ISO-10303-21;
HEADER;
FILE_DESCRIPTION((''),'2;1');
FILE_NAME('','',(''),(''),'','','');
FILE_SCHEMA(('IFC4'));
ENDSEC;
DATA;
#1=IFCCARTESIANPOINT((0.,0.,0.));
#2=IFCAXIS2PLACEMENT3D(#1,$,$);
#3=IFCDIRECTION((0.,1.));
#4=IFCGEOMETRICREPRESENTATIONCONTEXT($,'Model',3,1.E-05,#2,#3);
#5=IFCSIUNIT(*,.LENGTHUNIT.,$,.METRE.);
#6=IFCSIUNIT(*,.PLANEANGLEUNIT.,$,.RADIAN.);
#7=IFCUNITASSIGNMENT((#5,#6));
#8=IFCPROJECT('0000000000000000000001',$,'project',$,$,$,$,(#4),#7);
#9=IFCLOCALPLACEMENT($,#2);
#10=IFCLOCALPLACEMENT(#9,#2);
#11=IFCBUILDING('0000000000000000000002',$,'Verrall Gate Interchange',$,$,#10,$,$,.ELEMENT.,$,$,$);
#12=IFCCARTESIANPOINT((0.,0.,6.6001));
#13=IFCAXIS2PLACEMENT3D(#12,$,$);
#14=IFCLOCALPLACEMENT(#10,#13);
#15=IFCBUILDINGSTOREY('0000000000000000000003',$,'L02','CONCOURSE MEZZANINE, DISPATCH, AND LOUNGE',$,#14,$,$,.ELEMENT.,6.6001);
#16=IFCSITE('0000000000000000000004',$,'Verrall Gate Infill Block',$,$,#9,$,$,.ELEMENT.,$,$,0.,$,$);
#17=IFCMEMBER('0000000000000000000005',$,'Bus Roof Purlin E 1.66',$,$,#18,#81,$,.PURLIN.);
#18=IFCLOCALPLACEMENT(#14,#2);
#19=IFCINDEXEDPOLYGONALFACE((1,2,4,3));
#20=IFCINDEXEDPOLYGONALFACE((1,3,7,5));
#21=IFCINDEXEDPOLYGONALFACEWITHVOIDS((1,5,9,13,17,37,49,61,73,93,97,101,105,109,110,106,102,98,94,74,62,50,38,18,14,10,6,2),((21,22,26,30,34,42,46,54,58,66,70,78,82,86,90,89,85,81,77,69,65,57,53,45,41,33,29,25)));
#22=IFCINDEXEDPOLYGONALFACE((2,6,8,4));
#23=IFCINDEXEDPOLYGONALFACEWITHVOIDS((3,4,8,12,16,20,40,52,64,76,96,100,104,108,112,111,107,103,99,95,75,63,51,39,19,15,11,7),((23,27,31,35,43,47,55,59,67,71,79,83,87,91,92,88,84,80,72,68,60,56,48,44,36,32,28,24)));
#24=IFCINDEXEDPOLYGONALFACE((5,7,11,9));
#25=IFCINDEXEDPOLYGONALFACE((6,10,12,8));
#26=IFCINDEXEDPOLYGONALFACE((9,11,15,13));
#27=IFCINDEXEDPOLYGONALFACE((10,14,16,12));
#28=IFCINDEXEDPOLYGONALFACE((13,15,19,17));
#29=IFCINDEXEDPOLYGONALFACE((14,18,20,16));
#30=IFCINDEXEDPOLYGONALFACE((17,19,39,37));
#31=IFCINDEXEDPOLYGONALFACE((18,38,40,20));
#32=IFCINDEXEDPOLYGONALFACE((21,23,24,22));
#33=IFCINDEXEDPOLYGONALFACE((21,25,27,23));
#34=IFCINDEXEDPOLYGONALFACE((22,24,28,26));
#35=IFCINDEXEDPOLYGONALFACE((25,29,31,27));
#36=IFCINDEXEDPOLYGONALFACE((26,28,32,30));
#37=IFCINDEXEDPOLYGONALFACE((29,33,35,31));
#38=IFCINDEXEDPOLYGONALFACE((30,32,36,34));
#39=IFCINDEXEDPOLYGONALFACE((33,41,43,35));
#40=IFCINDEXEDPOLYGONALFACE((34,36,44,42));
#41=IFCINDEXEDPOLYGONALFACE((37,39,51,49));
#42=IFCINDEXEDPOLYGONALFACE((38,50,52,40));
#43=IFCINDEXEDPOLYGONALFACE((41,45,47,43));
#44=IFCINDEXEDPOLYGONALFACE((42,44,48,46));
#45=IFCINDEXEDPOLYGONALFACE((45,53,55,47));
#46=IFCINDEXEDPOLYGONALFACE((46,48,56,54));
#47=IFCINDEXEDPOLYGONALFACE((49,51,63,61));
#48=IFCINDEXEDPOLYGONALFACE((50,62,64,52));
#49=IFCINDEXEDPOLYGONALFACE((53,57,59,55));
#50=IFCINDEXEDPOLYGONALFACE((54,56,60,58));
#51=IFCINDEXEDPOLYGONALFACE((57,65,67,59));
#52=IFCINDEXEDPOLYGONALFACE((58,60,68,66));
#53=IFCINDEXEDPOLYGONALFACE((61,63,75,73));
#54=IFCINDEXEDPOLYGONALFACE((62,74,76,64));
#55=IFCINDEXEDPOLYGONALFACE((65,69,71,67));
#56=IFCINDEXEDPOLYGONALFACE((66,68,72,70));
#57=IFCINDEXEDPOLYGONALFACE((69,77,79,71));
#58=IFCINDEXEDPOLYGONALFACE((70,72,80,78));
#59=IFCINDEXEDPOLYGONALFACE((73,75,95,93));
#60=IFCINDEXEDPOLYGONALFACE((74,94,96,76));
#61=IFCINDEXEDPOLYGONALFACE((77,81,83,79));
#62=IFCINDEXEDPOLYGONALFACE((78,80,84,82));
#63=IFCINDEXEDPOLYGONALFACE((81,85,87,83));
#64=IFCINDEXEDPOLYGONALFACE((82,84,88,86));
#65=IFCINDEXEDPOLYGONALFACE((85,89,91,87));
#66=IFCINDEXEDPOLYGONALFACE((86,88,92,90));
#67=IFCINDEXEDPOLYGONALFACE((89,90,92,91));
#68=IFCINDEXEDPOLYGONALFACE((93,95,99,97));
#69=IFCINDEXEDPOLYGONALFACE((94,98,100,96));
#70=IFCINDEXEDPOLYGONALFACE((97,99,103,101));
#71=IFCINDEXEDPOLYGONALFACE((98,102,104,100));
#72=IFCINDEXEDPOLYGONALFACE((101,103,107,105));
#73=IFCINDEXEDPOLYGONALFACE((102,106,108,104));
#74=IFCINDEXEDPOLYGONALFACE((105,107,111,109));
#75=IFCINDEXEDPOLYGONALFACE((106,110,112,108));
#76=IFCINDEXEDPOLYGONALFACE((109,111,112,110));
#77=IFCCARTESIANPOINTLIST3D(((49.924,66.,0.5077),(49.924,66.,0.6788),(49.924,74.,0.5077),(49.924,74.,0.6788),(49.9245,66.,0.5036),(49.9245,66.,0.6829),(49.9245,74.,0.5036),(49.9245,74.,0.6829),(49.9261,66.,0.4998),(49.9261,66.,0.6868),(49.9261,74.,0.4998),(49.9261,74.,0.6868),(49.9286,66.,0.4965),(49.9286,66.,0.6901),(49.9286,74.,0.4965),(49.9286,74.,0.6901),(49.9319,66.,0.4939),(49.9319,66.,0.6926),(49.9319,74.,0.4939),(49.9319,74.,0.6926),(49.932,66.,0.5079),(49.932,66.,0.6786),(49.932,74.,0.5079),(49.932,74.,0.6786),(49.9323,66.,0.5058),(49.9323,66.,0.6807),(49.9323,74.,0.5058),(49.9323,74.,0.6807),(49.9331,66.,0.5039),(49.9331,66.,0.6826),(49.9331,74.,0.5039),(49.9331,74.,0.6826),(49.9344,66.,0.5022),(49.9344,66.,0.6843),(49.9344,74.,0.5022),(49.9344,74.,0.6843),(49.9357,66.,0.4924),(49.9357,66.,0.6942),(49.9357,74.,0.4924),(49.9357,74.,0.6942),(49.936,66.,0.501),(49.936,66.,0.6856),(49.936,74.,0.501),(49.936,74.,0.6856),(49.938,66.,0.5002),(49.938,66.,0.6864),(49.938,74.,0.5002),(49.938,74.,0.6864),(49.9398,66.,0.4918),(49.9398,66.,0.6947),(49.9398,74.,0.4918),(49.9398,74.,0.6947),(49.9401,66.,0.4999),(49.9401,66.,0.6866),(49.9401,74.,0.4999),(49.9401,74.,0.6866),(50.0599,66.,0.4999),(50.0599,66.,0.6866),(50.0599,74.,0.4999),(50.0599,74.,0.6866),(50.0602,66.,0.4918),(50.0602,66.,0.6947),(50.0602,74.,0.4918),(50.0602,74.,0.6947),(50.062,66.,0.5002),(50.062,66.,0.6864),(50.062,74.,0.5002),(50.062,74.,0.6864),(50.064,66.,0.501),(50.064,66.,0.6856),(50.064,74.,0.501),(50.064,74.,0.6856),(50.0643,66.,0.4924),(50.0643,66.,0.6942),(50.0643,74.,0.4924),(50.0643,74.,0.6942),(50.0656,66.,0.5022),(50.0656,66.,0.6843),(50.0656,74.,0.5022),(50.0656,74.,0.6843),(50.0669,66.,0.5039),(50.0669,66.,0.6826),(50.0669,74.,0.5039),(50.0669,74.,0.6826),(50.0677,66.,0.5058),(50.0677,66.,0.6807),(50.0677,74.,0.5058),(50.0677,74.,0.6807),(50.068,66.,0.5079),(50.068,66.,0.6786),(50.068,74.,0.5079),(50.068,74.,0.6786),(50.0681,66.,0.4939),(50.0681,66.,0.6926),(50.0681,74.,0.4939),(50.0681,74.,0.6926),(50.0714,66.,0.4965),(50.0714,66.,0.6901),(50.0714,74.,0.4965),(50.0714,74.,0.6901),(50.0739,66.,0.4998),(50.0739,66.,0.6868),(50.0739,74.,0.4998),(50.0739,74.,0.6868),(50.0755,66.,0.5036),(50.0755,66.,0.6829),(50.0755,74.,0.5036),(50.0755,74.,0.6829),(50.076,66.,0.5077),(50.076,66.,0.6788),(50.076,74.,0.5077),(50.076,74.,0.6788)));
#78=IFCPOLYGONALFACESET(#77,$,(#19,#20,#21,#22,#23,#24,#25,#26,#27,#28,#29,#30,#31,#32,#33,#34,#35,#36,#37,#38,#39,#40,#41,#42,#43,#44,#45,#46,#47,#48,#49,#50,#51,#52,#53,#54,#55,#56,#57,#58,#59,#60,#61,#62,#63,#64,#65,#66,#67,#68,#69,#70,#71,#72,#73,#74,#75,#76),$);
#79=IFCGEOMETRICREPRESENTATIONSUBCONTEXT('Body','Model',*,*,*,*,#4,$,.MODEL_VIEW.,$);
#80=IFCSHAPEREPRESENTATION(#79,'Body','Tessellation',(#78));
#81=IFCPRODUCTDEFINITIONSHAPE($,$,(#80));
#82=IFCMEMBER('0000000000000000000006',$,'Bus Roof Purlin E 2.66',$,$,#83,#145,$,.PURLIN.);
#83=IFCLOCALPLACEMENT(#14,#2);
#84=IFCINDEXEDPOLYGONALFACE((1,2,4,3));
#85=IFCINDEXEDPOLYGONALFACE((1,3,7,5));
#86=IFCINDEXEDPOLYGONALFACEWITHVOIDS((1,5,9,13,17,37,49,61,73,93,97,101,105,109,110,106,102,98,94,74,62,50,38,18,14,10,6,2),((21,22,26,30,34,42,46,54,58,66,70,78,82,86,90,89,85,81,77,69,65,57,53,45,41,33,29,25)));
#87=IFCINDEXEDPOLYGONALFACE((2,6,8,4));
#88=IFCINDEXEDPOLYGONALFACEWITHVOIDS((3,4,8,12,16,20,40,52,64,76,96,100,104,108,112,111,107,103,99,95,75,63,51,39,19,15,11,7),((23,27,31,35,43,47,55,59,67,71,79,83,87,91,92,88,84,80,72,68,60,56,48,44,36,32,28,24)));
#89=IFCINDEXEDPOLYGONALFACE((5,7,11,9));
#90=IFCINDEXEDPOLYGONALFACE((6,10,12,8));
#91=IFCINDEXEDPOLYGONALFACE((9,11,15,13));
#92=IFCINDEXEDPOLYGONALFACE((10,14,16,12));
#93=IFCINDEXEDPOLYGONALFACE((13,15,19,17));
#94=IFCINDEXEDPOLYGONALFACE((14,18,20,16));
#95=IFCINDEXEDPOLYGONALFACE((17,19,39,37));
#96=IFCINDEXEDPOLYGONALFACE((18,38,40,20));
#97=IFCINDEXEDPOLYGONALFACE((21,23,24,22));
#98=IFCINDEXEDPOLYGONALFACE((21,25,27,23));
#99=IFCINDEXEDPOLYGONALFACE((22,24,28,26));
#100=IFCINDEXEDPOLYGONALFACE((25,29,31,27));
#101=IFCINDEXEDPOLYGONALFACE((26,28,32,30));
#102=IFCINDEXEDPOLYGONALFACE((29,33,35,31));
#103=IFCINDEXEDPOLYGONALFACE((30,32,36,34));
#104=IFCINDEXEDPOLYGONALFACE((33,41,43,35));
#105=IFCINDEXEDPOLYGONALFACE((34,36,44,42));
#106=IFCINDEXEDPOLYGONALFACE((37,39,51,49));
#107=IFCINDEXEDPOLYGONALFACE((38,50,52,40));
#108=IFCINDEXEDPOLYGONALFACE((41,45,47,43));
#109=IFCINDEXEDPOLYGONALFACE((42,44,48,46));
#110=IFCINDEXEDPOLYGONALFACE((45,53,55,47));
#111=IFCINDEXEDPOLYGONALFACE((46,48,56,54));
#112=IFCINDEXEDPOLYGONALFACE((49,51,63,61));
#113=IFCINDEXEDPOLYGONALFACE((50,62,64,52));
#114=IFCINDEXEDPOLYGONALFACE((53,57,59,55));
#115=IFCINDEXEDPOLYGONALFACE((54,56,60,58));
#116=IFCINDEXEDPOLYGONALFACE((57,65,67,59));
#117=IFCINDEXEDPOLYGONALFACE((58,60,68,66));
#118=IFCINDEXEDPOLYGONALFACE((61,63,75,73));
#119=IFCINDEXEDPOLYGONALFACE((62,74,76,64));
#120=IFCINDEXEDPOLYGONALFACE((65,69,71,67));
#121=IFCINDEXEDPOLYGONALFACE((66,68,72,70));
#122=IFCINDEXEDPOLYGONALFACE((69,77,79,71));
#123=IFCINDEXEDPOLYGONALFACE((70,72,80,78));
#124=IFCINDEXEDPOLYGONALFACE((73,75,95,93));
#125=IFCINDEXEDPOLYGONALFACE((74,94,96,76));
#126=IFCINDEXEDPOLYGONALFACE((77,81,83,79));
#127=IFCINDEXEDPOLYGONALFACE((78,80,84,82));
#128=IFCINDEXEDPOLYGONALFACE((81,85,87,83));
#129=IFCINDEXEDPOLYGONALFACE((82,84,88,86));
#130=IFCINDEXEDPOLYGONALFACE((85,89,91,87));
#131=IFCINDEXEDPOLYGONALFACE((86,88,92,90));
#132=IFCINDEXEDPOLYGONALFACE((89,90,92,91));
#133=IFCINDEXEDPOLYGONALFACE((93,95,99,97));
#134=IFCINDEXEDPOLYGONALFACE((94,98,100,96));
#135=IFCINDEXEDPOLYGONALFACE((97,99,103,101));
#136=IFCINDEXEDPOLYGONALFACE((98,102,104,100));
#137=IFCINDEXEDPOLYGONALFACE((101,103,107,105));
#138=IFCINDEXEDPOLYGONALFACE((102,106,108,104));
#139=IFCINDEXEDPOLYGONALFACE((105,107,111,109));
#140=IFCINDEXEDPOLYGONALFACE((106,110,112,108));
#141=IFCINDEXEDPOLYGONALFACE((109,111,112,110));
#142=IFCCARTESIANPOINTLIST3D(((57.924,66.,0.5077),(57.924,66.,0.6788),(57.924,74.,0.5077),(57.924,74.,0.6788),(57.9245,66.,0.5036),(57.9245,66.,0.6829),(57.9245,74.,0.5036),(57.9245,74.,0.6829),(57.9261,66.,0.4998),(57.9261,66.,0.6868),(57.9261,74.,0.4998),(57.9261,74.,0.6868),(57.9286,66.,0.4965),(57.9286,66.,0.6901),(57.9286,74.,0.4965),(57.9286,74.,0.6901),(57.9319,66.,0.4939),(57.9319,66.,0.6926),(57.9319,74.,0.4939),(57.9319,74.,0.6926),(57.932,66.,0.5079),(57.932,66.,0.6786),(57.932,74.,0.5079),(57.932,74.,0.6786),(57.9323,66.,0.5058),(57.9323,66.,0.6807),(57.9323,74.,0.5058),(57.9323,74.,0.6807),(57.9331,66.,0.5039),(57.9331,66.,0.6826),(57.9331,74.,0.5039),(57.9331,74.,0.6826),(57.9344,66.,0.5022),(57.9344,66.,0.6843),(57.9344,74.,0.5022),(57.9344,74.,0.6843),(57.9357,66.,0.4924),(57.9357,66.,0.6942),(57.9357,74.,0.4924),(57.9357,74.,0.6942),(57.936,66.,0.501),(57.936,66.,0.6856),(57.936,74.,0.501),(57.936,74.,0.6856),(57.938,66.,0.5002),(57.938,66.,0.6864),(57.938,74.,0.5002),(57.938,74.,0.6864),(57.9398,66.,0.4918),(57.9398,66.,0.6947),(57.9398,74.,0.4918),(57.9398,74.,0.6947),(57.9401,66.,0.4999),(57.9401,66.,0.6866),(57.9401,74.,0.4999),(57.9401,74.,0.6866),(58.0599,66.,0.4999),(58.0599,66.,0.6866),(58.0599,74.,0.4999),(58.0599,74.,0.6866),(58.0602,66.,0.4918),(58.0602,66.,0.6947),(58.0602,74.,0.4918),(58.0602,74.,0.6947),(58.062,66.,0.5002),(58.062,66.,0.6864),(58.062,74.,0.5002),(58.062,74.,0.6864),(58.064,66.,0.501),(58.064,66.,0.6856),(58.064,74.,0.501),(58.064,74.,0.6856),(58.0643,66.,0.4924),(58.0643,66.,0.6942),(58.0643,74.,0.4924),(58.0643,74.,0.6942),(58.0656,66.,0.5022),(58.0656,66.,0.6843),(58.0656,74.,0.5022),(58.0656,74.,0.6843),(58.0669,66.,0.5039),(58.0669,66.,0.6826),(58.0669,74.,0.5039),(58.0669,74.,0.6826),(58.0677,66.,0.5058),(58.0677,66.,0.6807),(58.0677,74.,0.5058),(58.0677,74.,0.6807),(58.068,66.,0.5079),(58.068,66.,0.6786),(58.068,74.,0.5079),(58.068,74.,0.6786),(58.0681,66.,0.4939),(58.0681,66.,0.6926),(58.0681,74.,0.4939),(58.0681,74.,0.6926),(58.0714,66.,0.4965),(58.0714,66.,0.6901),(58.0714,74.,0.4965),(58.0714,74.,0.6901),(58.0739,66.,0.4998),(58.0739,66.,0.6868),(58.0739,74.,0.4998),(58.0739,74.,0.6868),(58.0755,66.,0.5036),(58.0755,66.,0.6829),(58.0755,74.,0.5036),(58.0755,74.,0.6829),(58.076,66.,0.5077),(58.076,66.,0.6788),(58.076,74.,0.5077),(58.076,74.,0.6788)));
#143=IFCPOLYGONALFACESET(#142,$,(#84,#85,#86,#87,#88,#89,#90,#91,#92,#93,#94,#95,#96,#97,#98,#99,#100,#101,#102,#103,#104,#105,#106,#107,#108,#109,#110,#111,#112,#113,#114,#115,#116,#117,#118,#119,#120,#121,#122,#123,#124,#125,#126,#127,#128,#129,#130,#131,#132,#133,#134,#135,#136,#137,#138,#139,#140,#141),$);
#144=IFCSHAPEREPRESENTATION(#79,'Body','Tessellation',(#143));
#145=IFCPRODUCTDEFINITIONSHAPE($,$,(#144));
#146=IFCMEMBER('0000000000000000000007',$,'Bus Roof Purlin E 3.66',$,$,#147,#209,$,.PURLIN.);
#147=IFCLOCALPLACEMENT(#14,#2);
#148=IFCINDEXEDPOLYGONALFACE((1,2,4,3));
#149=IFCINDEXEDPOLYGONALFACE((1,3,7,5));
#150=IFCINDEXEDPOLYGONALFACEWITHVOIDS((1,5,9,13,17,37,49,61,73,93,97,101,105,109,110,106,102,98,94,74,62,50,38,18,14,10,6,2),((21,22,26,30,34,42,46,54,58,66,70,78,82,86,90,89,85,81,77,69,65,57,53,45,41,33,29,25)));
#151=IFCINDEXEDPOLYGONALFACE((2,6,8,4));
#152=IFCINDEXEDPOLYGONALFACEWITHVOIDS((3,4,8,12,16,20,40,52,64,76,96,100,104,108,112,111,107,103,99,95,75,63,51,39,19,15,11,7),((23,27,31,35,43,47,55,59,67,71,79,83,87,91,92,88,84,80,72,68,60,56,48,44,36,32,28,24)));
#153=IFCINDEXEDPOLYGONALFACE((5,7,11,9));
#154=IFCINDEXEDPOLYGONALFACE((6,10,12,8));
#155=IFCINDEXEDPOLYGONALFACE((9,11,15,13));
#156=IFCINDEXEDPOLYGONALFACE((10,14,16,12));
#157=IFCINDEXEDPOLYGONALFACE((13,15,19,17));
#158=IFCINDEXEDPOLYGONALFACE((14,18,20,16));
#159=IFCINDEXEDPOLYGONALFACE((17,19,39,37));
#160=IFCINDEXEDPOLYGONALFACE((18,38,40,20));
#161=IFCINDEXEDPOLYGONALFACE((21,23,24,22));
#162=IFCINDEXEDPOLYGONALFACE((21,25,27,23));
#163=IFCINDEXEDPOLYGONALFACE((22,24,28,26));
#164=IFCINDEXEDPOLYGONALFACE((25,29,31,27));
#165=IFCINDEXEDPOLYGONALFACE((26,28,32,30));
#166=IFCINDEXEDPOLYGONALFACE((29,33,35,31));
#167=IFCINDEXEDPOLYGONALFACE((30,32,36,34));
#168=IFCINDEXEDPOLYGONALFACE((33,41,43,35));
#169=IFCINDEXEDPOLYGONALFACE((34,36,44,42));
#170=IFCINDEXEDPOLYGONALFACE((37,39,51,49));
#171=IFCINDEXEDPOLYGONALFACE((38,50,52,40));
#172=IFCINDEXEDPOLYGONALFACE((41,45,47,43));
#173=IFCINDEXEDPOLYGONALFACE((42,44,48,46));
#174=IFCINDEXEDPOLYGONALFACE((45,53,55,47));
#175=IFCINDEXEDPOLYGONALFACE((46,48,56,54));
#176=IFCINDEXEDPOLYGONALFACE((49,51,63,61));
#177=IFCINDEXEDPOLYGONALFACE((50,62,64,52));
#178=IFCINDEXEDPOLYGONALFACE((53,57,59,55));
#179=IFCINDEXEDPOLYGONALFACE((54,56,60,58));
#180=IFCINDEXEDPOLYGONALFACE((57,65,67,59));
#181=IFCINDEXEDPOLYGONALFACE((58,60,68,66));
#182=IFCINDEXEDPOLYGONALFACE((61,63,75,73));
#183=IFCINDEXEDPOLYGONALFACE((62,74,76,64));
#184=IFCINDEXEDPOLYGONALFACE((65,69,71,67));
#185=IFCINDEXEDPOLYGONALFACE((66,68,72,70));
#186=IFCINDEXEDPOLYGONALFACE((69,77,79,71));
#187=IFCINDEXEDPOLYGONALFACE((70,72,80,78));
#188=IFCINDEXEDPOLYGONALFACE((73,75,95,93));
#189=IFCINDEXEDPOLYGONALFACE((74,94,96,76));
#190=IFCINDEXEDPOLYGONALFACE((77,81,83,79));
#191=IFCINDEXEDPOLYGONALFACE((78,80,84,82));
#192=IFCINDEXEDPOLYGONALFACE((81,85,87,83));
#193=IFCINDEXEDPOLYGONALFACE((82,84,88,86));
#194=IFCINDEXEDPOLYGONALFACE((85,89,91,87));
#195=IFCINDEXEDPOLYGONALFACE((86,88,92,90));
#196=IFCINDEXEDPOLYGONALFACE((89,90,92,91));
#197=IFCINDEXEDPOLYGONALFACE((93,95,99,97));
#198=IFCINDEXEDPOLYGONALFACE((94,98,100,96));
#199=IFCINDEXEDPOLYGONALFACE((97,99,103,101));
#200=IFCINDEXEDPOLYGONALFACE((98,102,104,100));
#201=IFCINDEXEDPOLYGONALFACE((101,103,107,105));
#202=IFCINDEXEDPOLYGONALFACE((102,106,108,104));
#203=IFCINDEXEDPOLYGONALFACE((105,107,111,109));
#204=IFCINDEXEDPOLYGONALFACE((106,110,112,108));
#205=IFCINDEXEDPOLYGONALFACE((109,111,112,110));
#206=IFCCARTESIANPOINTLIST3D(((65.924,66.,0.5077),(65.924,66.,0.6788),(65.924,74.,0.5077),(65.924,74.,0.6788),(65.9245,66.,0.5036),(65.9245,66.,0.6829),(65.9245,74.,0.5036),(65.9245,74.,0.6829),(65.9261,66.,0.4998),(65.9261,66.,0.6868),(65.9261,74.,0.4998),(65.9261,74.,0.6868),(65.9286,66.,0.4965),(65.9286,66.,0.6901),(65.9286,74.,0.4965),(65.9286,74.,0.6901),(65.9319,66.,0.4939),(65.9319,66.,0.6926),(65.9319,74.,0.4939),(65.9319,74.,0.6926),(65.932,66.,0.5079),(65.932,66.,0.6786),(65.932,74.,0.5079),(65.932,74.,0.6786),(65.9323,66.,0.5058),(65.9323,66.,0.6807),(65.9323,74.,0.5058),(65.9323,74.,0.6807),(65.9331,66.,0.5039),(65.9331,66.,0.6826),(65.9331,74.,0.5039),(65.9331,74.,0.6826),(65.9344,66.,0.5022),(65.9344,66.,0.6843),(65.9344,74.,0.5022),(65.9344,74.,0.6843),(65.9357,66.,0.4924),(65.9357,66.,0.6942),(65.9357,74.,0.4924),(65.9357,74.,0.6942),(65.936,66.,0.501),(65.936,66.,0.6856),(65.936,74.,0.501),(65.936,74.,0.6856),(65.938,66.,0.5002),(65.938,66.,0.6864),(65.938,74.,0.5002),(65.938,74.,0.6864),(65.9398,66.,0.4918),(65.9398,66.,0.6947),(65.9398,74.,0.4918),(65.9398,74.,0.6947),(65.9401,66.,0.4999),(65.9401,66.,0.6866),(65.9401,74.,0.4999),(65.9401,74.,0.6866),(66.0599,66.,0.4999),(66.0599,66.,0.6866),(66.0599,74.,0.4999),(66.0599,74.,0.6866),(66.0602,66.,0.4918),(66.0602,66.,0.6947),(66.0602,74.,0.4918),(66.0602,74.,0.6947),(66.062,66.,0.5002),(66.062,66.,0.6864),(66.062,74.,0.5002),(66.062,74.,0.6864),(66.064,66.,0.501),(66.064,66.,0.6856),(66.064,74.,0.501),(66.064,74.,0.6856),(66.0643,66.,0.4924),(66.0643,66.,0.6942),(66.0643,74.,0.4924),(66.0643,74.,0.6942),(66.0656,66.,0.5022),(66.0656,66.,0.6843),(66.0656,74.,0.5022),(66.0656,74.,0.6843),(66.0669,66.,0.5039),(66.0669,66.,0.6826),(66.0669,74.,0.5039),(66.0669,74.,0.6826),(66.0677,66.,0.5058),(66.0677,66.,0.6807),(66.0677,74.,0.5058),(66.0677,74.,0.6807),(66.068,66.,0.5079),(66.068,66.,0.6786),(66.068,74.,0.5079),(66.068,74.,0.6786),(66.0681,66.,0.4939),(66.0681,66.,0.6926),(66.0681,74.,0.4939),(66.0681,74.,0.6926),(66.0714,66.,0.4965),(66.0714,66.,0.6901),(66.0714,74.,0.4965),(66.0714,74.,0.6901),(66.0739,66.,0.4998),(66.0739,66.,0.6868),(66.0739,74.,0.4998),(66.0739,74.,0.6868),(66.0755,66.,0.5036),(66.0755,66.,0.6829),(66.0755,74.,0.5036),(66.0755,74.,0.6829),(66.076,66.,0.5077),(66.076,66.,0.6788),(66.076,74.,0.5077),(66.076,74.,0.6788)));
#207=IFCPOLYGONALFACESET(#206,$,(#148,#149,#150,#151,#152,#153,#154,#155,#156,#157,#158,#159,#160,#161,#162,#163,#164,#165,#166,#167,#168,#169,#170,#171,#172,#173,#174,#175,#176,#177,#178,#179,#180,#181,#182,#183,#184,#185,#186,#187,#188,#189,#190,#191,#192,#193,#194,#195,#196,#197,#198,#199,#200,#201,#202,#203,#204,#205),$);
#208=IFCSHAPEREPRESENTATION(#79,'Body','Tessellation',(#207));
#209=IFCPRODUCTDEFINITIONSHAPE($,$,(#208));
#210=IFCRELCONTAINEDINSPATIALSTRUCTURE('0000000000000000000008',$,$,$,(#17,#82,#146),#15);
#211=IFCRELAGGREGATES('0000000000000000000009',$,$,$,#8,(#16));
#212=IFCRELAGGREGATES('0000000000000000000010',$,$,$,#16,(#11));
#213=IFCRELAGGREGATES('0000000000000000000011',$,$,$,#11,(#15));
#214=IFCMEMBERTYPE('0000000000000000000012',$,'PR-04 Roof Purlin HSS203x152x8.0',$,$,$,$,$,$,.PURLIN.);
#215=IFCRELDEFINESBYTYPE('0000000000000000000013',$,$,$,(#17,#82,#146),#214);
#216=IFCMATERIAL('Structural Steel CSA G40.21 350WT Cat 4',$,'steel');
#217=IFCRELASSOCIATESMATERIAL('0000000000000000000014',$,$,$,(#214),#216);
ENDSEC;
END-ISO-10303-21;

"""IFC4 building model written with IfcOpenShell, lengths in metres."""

from ifc_helpers import new_model, si_unit, direction, frame, origin, origin_2d, place, context, subcontext, project, spatial, hollow_rectangle, extrude, material, material_profile, profile_set, type_object, element, save


model = new_model("IFC4")

# Units and contexts
model_context = context("Model", 3, precision=1e-05, world=origin(), true_north=direction((0.0, 1.0)))
body_context = subcontext(model_context, "Body", "Model", "MODEL_VIEW")
ifc_project = project(units=[si_unit("LENGTHUNIT", "METRE"), si_unit("PLANEANGLEUNIT", "RADIAN")], contexts=[model_context])

# Site, building, storey
site_placement = place(None, origin())
site = spatial("IfcSite", under=ifc_project, at=site_placement, Name="Verrall Gate Infill Block", CompositionType="ELEMENT", RefElevation=0.0)
building_placement = place(site_placement, origin())
building = spatial("IfcBuilding", under=site, at=building_placement, Name="Verrall Gate Interchange", CompositionType="ELEMENT")
storey_placement = place(building_placement, frame((0.0, 0.0, 6.6001)))
storey = spatial("IfcBuildingStorey", under=building, at=storey_placement, Name="L02", Description="CONCOURSE MEZZANINE, DISPATCH, AND LOUNGE", CompositionType="ELEMENT", Elevation=6.6001)

# Members
ifc_material_1 = material(Name="Structural Steel CSA G40.21 350WT Cat 4", Category="steel")
ifc_material_profile_1 = material_profile(ifc_material_1, hollow_rectangle(XDim=0.1521, YDim=0.2029, WallThickness=0.0081, InnerFilletRadius=0.0081, OuterFilletRadius=0.0159, at=origin_2d()), Name="HSS203x152x8.0")
ifc_profile_set_1 = profile_set([ifc_material_profile_1], Name="Structural Steel CSA G40.21 350WT Cat 4")
member_type_1 = type_object("IfcMemberType", Name="PR-04 Roof Purlin HSS203x152x8.0", PredefinedType="PURLIN", material=ifc_profile_set_1)
for number, where, z_axis, x_axis, name in (
    (1, (50.0, 66.0, 0.5933), (0.0, 1.0, 0.0), (-1.0, 0.0, 0.0), "Bus Roof Purlin E 1.66"),
    (2, (58.0, 66.0, 0.5933), (0.0, 1.0, 0.0), (-1.0, 0.0, 0.0), "Bus Roof Purlin E 2.66"),
    (3, (66.0, 66.0, 0.5933), (0.0, 1.0, 0.0), (-1.0, 0.0, 0.0), "Bus Roof Purlin E 3.66"),
):
    element("IfcMember", number, at=place(storey_placement, frame(where, z_axis=z_axis, x_axis=x_axis)), inside=storey, type_object=member_type_1, Name=name, PredefinedType="PURLIN", context=body_context, shape_type="SweptSolid", body=[
        extrude(hollow_rectangle(XDim=0.1521, YDim=0.2029, WallThickness=0.0081, InnerFilletRadius=0.0081, OuterFilletRadius=0.0159, at=origin_2d()), origin(), (0.0, 0.0, 1.0), 8.0),
    ])

save(model, "model.ifc")
